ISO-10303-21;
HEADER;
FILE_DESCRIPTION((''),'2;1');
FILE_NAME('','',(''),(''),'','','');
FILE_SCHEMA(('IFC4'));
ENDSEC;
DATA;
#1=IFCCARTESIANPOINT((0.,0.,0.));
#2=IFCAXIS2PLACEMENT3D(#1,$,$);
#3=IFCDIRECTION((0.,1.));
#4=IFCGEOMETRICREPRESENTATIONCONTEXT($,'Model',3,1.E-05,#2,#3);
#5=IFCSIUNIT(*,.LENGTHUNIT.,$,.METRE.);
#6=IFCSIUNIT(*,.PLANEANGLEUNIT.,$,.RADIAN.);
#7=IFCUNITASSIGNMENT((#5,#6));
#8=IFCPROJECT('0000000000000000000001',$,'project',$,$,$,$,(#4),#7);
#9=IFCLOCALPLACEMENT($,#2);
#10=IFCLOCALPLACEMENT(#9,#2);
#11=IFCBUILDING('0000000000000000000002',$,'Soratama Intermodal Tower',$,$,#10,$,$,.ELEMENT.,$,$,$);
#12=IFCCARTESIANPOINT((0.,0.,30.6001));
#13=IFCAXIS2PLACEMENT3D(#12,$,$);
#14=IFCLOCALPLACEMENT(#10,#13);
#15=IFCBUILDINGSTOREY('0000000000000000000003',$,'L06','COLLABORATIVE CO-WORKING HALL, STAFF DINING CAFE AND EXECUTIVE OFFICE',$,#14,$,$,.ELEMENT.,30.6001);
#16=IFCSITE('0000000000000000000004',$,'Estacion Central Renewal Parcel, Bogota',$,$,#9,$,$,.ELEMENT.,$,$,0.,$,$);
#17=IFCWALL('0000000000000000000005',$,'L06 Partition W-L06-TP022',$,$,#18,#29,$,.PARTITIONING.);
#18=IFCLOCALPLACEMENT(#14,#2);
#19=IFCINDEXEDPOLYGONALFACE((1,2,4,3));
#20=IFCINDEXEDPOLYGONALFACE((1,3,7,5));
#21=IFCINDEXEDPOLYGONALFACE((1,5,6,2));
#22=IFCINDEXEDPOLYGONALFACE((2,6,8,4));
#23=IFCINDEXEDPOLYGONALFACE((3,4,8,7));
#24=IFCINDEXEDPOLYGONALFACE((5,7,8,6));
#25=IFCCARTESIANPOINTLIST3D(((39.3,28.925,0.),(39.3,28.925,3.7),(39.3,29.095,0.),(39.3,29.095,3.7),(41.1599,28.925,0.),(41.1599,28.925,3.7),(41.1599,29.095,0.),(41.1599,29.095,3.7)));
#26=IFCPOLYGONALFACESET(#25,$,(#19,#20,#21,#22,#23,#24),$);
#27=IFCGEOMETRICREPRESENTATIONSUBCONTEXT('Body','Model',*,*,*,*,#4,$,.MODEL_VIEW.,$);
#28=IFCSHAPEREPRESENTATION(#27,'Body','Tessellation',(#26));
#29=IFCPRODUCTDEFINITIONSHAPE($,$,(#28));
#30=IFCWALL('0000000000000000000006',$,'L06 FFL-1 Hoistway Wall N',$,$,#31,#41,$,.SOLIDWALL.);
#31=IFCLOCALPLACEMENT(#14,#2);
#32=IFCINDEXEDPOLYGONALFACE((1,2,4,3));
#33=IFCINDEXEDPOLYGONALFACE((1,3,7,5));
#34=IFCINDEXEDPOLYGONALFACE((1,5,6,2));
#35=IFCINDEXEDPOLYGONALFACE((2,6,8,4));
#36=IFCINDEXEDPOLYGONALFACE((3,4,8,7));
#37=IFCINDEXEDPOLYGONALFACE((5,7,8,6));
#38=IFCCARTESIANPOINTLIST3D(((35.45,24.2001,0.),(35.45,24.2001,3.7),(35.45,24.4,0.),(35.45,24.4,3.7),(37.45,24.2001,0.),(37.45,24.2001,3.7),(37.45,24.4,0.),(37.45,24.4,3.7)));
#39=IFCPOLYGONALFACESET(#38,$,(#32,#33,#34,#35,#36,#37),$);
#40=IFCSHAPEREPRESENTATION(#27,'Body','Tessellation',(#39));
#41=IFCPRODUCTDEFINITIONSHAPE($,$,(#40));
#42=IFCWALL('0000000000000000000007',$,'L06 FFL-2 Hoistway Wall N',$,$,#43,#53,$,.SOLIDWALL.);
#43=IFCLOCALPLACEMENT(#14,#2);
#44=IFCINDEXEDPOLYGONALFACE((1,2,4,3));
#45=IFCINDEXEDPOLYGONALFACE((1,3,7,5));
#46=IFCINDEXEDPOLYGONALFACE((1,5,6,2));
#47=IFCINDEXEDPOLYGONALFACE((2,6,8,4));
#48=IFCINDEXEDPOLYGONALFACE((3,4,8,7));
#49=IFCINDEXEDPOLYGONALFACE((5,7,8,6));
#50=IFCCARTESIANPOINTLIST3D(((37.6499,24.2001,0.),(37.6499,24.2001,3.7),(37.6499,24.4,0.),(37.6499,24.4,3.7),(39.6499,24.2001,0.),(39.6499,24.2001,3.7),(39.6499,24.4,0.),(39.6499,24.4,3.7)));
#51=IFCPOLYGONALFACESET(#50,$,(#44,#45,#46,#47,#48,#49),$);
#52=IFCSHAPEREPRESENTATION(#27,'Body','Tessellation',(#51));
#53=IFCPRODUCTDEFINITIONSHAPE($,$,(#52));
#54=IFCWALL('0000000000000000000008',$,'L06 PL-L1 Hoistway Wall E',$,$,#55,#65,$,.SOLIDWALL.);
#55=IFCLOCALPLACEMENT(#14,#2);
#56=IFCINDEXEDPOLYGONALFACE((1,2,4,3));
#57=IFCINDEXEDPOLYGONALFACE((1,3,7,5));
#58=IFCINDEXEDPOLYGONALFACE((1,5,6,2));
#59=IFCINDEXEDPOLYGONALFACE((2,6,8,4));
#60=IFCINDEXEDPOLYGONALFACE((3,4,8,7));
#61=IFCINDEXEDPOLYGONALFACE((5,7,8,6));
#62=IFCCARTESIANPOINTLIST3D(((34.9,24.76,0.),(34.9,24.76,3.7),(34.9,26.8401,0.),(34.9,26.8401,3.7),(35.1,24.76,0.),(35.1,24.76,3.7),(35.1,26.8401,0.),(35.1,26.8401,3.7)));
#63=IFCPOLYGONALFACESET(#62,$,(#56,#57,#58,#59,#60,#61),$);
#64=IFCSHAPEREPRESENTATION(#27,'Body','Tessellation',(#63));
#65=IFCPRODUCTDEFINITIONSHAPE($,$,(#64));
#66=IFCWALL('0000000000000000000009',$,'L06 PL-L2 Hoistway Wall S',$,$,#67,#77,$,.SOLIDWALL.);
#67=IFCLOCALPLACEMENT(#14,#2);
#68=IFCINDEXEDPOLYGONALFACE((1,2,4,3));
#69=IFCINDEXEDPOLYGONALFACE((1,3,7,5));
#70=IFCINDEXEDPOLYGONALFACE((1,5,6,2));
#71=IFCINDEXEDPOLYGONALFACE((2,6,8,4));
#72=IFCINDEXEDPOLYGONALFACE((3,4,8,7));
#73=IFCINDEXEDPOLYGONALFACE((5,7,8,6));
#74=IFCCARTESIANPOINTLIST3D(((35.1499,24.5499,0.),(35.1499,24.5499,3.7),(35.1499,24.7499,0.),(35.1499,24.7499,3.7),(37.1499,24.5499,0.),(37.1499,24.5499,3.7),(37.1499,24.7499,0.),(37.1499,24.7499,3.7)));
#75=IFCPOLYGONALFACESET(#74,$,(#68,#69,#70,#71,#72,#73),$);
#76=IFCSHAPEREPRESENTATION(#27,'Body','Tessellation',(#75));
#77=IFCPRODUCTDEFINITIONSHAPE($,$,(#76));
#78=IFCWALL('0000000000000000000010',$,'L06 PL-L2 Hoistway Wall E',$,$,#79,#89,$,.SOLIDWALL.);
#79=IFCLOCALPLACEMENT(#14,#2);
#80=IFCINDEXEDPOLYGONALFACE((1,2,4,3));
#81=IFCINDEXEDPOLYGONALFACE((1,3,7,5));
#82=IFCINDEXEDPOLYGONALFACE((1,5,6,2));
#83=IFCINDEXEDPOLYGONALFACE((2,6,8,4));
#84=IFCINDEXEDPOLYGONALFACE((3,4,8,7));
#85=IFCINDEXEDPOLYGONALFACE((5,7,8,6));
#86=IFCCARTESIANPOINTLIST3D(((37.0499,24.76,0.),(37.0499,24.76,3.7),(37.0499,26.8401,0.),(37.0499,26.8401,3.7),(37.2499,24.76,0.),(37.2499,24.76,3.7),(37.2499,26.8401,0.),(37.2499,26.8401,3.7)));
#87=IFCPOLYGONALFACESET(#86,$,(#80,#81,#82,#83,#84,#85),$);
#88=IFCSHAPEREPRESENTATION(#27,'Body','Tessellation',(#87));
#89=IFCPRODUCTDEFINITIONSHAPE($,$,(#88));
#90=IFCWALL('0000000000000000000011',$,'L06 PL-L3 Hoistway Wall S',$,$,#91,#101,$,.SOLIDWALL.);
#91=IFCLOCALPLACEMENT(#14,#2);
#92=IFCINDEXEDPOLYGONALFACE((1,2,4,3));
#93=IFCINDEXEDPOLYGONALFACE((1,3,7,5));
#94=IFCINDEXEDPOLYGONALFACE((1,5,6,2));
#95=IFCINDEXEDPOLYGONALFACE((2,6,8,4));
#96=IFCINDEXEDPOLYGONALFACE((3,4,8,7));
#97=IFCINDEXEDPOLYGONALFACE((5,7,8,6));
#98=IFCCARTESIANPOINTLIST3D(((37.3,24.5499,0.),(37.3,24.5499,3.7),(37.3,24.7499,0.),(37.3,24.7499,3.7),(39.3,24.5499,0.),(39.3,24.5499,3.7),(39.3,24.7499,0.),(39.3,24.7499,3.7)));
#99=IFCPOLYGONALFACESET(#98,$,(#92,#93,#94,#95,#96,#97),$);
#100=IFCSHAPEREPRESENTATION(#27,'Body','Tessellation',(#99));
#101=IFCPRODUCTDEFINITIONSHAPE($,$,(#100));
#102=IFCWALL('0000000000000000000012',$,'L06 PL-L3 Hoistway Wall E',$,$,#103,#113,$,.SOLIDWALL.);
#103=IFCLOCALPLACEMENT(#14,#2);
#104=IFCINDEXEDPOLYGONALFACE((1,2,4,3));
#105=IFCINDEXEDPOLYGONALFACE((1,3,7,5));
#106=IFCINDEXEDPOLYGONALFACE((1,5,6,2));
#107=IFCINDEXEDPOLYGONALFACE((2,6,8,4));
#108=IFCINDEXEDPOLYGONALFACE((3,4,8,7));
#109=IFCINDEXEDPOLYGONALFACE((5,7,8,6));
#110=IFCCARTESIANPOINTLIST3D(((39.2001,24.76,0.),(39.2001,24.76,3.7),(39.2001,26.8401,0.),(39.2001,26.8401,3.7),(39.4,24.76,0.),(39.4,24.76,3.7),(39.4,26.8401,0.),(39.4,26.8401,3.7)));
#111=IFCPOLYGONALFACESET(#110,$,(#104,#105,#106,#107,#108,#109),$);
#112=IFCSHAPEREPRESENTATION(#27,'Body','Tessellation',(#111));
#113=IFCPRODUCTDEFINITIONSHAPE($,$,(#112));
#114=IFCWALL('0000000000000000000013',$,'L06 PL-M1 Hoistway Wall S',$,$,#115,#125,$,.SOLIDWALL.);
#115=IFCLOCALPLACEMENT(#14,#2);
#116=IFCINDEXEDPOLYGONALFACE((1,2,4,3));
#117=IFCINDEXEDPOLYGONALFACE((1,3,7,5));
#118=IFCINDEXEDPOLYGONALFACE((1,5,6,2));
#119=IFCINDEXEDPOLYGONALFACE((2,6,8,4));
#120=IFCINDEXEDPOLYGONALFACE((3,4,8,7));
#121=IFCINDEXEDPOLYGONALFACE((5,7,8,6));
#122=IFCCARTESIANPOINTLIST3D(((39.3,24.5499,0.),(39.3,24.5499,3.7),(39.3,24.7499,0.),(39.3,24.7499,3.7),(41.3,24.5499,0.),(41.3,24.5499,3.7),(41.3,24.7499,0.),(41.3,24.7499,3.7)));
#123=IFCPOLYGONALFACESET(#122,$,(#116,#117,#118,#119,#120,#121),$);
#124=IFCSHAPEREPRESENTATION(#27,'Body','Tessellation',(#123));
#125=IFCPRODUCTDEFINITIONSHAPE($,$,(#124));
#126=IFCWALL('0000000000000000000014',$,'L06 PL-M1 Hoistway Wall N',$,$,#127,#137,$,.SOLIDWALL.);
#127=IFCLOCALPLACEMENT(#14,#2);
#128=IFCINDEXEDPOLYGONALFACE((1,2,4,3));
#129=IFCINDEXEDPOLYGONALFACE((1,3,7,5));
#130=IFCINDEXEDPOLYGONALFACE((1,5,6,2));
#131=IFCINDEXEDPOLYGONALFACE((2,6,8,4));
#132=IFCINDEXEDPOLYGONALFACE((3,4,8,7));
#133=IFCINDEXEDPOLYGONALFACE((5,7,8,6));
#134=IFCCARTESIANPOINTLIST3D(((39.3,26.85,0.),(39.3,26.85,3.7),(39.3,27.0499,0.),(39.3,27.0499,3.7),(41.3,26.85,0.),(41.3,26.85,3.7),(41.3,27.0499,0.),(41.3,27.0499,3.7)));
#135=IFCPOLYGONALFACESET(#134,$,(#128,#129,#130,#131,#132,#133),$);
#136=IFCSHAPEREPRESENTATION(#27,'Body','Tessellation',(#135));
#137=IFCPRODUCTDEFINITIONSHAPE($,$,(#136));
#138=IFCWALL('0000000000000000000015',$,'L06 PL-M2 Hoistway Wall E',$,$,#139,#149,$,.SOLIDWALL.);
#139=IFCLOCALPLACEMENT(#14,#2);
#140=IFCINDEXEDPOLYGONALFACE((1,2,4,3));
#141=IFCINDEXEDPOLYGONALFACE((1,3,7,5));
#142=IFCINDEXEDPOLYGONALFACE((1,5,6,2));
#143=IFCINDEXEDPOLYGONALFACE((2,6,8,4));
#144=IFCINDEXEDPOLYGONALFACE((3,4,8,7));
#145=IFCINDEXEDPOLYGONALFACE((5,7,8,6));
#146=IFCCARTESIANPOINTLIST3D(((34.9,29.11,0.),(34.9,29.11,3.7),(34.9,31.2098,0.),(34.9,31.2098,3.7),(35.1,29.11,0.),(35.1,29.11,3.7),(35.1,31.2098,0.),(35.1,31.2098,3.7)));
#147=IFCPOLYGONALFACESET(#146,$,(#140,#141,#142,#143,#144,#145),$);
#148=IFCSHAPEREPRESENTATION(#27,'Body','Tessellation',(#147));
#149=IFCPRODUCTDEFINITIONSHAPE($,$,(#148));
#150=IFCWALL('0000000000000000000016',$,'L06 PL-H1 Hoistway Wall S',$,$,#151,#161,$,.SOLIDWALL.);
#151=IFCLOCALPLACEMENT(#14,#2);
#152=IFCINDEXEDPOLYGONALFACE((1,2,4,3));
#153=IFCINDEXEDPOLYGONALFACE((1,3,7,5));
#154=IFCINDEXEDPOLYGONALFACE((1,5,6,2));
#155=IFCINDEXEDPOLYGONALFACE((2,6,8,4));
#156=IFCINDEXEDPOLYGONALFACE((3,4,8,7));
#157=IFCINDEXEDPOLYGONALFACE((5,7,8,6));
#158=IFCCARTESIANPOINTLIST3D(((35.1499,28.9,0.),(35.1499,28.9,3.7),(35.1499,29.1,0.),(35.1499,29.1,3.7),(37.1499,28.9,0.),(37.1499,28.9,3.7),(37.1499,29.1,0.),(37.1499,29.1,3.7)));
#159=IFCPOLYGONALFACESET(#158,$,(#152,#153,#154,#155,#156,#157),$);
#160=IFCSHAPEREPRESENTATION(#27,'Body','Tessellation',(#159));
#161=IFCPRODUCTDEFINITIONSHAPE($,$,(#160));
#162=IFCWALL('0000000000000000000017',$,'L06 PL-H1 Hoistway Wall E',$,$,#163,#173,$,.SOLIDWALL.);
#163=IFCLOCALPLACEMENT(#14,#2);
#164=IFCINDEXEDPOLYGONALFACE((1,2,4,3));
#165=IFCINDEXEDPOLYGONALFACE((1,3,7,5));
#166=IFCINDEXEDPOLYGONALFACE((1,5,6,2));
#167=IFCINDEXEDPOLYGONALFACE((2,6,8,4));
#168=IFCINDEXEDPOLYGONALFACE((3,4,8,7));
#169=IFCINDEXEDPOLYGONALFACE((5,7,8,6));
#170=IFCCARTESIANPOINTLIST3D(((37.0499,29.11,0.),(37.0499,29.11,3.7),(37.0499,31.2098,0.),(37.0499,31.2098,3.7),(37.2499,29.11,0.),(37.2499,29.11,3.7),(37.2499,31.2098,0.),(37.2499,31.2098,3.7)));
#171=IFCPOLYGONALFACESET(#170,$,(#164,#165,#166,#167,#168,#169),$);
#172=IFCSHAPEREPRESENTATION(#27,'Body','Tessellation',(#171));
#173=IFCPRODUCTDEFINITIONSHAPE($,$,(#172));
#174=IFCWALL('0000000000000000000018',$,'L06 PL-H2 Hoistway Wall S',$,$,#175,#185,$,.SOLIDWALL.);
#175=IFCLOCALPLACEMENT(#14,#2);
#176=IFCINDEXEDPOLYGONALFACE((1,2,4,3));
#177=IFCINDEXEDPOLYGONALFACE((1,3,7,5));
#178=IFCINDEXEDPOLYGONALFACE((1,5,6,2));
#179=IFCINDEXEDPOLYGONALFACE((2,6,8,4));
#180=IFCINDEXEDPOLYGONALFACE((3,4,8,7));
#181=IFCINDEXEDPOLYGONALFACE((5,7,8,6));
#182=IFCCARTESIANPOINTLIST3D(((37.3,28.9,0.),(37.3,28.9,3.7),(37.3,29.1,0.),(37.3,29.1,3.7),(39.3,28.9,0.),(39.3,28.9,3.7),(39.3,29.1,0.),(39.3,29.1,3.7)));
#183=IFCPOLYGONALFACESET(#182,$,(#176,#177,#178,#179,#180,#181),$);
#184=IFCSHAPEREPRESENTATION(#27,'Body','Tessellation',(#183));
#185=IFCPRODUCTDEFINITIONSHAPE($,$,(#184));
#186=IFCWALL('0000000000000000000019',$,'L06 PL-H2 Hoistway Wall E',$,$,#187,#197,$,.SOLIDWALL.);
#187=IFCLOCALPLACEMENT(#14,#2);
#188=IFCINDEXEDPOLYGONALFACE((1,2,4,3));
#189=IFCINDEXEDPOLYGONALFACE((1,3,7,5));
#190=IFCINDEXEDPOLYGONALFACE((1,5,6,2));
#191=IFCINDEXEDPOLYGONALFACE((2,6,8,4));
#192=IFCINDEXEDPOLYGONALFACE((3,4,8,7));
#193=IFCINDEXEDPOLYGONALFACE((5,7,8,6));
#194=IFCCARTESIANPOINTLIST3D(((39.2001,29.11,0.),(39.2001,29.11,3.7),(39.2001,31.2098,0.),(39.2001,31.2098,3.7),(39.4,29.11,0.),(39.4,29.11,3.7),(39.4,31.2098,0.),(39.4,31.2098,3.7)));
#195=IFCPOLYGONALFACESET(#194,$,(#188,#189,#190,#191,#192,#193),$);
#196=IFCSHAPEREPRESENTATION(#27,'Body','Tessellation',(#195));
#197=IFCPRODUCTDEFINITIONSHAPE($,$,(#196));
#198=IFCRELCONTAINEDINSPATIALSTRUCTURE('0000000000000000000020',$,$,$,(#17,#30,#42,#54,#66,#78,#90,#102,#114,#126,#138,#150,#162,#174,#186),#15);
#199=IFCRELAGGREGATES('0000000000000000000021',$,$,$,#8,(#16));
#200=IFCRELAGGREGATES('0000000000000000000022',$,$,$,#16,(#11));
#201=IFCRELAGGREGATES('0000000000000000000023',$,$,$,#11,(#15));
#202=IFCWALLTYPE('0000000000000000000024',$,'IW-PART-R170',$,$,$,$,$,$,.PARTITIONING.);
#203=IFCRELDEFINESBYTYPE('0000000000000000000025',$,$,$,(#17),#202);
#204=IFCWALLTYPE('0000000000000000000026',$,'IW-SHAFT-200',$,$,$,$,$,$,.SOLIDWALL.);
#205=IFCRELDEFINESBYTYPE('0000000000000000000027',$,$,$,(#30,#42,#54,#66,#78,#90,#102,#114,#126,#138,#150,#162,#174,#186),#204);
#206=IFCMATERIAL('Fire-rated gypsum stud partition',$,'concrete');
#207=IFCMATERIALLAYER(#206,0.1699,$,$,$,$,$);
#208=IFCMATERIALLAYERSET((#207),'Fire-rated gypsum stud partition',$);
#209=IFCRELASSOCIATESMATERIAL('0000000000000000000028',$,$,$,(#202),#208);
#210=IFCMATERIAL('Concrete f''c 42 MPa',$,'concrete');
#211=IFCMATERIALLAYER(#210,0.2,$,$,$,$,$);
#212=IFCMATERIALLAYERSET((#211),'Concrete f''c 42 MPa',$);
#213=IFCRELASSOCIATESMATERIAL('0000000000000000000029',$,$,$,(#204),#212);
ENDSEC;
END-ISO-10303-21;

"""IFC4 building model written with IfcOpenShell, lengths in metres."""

from ifc_helpers import new_model, si_unit, direction, frame, frame_2d, origin, place, context, subcontext, project, spatial, rectangle, extrude, material, layer, layer_set, type_object, element, save


model = new_model("IFC4")

# Units and contexts
model_context = context("Model", 3, precision=1e-05, world=origin(), true_north=direction((0.0, 1.0)))
body_context = subcontext(model_context, "Body", "Model", "MODEL_VIEW")
ifc_project = project(units=[si_unit("LENGTHUNIT", "METRE"), si_unit("PLANEANGLEUNIT", "RADIAN")], contexts=[model_context])

# Site, building, storey
site_placement = place(None, origin())
site = spatial("IfcSite", under=ifc_project, at=site_placement, Name="Estacion Central Renewal Parcel, Bogota", CompositionType="ELEMENT", RefElevation=0.0)
building_placement = place(site_placement, origin())
building = spatial("IfcBuilding", under=site, at=building_placement, Name="Soratama Intermodal Tower", CompositionType="ELEMENT")
storey_placement = place(building_placement, frame((0.0, 0.0, 30.6001)))
storey = spatial("IfcBuildingStorey", under=building, at=storey_placement, Name="L06", Description="COLLABORATIVE CO-WORKING HALL, STAFF DINING CAFE AND EXECUTIVE OFFICE", CompositionType="ELEMENT", Elevation=30.6001)

# Walls
ifc_material_1 = material(Name="Fire-rated gypsum stud partition", Category="concrete")
ifc_layer_1 = layer(ifc_material_1, 0.1699)
ifc_layer_set_1 = layer_set([ifc_layer_1], Name="Fire-rated gypsum stud partition")
wall_type_1 = type_object("IfcWallType", Name="IW-PART-R170", PredefinedType="PARTITIONING", material=ifc_layer_set_1)
wall_1_placement = place(storey_placement, frame((39.3, 29.01, 0.0), z_axis=(0.0, 0.0, 1.0), x_axis=(1.0, 0.0, 0.0)))
element("IfcWall", 1, at=wall_1_placement, inside=storey, type_object=wall_type_1, Name="L06 Partition W-L06-TP022", PredefinedType="PARTITIONING", context=body_context, shape_type="SweptSolid", body=[
    extrude(rectangle(XDim=1.8599, YDim=0.1699, at=frame_2d((0.9299, 0.0))), origin(), (0.0, 0.0, 1.0), 3.7),
])
ifc_material_2 = material(Name="Concrete f'c 42 MPa", Category="concrete")
ifc_layer_2 = layer(ifc_material_2, 0.2)
ifc_layer_set_2 = layer_set([ifc_layer_2], Name="Concrete f'c 42 MPa")
wall_type_2 = type_object("IfcWallType", Name="IW-SHAFT-200", PredefinedType="SOLIDWALL", material=ifc_layer_set_2)
for number, where, z_axis, x_axis, name in (
    (2, (35.45, 24.3, 0.0), (0.0, 0.0, 1.0), (1.0, 0.0, 0.0), "L06 FFL-1 Hoistway Wall N"),
    (3, (37.6499, 24.3, 0.0), (0.0, 0.0, 1.0), (1.0, 0.0, 0.0), "L06 FFL-2 Hoistway Wall N"),
):
    element("IfcWall", number, at=place(storey_placement, frame(where, z_axis=z_axis, x_axis=x_axis)), inside=storey, type_object=wall_type_2, Name=name, PredefinedType="SOLIDWALL", context=body_context, shape_type="SweptSolid", body=[
        extrude(rectangle(XDim=2.0, YDim=0.2, at=frame_2d((1.0, 0.0))), origin(), (0.0, 0.0, 1.0), 3.7),
    ])
wall_2_placement = place(storey_placement, frame((35.0, 24.76, 0.0), z_axis=(0.0, 0.0, 1.0), x_axis=(0.0, 1.0, 0.0)))
element("IfcWall", 4, at=wall_2_placement, inside=storey, type_object=wall_type_2, Name="L06 PL-L1 Hoistway Wall E", PredefinedType="SOLIDWALL", context=body_context, shape_type="SweptSolid", body=[
    extrude(rectangle(XDim=2.0801, YDim=0.2, at=frame_2d((1.04, 0.0))), origin(), (0.0, 0.0, 1.0), 3.7),
])
wall_3_placement = place(storey_placement, frame((35.1499, 24.6499, 0.0), z_axis=(0.0, 0.0, 1.0), x_axis=(1.0, 0.0, 0.0)))
element("IfcWall", 5, at=wall_3_placement, inside=storey, type_object=wall_type_2, Name="L06 PL-L2 Hoistway Wall S", PredefinedType="SOLIDWALL", context=body_context, shape_type="SweptSolid", body=[
    extrude(rectangle(XDim=2.0, YDim=0.2, at=frame_2d((1.0, 0.0))), origin(), (0.0, 0.0, 1.0), 3.7),
])

# Walls
wall_4_placement = place(storey_placement, frame((37.1499, 24.76, 0.0), z_axis=(0.0, 0.0, 1.0), x_axis=(0.0, 1.0, 0.0)))
element("IfcWall", 6, at=wall_4_placement, inside=storey, type_object=wall_type_2, Name="L06 PL-L2 Hoistway Wall E", PredefinedType="SOLIDWALL", context=body_context, shape_type="SweptSolid", body=[
    extrude(rectangle(XDim=2.0801, YDim=0.2, at=frame_2d((1.04, 0.0))), origin(), (0.0, 0.0, 1.0), 3.7),
])
wall_5_placement = place(storey_placement, frame((37.3, 24.6499, 0.0), z_axis=(0.0, 0.0, 1.0), x_axis=(1.0, 0.0, 0.0)))
element("IfcWall", 7, at=wall_5_placement, inside=storey, type_object=wall_type_2, Name="L06 PL-L3 Hoistway Wall S", PredefinedType="SOLIDWALL", context=body_context, shape_type="SweptSolid", body=[
    extrude(rectangle(XDim=2.0, YDim=0.2, at=frame_2d((1.0, 0.0))), origin(), (0.0, 0.0, 1.0), 3.7),
])

# Walls
wall_6_placement = place(storey_placement, frame((39.3, 24.76, 0.0), z_axis=(0.0, 0.0, 1.0), x_axis=(0.0, 1.0, 0.0)))
element("IfcWall", 8, at=wall_6_placement, inside=storey, type_object=wall_type_2, Name="L06 PL-L3 Hoistway Wall E", PredefinedType="SOLIDWALL", context=body_context, shape_type="SweptSolid", body=[
    extrude(rectangle(XDim=2.0801, YDim=0.2, at=frame_2d((1.04, 0.0))), origin(), (0.0, 0.0, 1.0), 3.7),
])
for number, where, z_axis, x_axis, name in (
    (9, (39.3, 24.6499, 0.0), (0.0, 0.0, 1.0), (1.0, 0.0, 0.0), "L06 PL-M1 Hoistway Wall S"),
    (10, (39.3, 26.95, 0.0), (0.0, 0.0, 1.0), (1.0, 0.0, 0.0), "L06 PL-M1 Hoistway Wall N"),
):
    element("IfcWall", number, at=place(storey_placement, frame(where, z_axis=z_axis, x_axis=x_axis)), inside=storey, type_object=wall_type_2, Name=name, PredefinedType="SOLIDWALL", context=body_context, shape_type="SweptSolid", body=[
        extrude(rectangle(XDim=2.0, YDim=0.2, at=frame_2d((1.0, 0.0))), origin(), (0.0, 0.0, 1.0), 3.7),
    ])
wall_7_placement = place(storey_placement, frame((35.0, 29.1101, 0.0), z_axis=(0.0, 0.0, 1.0), x_axis=(0.0, 1.0, 0.0)))
element("IfcWall", 11, at=wall_7_placement, inside=storey, type_object=wall_type_2, Name="L06 PL-M2 Hoistway Wall E", PredefinedType="SOLIDWALL", context=body_context, shape_type="SweptSolid", body=[
    extrude(rectangle(XDim=2.0999, YDim=0.2, at=frame_2d((1.0498, 0.0))), origin(), (0.0, 0.0, 1.0), 3.7),
])
wall_8_placement = place(storey_placement, frame((35.1499, 29.0, 0.0), z_axis=(0.0, 0.0, 1.0), x_axis=(1.0, 0.0, 0.0)))
element("IfcWall", 12, at=wall_8_placement, inside=storey, type_object=wall_type_2, Name="L06 PL-H1 Hoistway Wall S", PredefinedType="SOLIDWALL", context=body_context, shape_type="SweptSolid", body=[
    extrude(rectangle(XDim=2.0, YDim=0.2, at=frame_2d((1.0, 0.0))), origin(), (0.0, 0.0, 1.0), 3.7),
])
wall_9_placement = place(storey_placement, frame((37.1499, 29.1101, 0.0), z_axis=(0.0, 0.0, 1.0), x_axis=(0.0, 1.0, 0.0)))
element("IfcWall", 13, at=wall_9_placement, inside=storey, type_object=wall_type_2, Name="L06 PL-H1 Hoistway Wall E", PredefinedType="SOLIDWALL", context=body_context, shape_type="SweptSolid", body=[
    extrude(rectangle(XDim=2.0999, YDim=0.2, at=frame_2d((1.0498, 0.0))), origin(), (0.0, 0.0, 1.0), 3.7),
])
wall_10_placement = place(storey_placement, frame((37.3, 29.0, 0.0), z_axis=(0.0, 0.0, 1.0), x_axis=(1.0, 0.0, 0.0)))
element("IfcWall", 14, at=wall_10_placement, inside=storey, type_object=wall_type_2, Name="L06 PL-H2 Hoistway Wall S", PredefinedType="SOLIDWALL", context=body_context, shape_type="SweptSolid", body=[
    extrude(rectangle(XDim=2.0, YDim=0.2, at=frame_2d((1.0, 0.0))), origin(), (0.0, 0.0, 1.0), 3.7),
])
wall_11_placement = place(storey_placement, frame((39.3, 29.1101, 0.0), z_axis=(0.0, 0.0, 1.0), x_axis=(0.0, 1.0, 0.0)))
element("IfcWall", 15, at=wall_11_placement, inside=storey, type_object=wall_type_2, Name="L06 PL-H2 Hoistway Wall E", PredefinedType="SOLIDWALL", context=body_context, shape_type="SweptSolid", body=[
    extrude(rectangle(XDim=2.0999, YDim=0.2, at=frame_2d((1.0498, 0.0))), origin(), (0.0, 0.0, 1.0), 3.7),
])

save(model, "model.ifc")
